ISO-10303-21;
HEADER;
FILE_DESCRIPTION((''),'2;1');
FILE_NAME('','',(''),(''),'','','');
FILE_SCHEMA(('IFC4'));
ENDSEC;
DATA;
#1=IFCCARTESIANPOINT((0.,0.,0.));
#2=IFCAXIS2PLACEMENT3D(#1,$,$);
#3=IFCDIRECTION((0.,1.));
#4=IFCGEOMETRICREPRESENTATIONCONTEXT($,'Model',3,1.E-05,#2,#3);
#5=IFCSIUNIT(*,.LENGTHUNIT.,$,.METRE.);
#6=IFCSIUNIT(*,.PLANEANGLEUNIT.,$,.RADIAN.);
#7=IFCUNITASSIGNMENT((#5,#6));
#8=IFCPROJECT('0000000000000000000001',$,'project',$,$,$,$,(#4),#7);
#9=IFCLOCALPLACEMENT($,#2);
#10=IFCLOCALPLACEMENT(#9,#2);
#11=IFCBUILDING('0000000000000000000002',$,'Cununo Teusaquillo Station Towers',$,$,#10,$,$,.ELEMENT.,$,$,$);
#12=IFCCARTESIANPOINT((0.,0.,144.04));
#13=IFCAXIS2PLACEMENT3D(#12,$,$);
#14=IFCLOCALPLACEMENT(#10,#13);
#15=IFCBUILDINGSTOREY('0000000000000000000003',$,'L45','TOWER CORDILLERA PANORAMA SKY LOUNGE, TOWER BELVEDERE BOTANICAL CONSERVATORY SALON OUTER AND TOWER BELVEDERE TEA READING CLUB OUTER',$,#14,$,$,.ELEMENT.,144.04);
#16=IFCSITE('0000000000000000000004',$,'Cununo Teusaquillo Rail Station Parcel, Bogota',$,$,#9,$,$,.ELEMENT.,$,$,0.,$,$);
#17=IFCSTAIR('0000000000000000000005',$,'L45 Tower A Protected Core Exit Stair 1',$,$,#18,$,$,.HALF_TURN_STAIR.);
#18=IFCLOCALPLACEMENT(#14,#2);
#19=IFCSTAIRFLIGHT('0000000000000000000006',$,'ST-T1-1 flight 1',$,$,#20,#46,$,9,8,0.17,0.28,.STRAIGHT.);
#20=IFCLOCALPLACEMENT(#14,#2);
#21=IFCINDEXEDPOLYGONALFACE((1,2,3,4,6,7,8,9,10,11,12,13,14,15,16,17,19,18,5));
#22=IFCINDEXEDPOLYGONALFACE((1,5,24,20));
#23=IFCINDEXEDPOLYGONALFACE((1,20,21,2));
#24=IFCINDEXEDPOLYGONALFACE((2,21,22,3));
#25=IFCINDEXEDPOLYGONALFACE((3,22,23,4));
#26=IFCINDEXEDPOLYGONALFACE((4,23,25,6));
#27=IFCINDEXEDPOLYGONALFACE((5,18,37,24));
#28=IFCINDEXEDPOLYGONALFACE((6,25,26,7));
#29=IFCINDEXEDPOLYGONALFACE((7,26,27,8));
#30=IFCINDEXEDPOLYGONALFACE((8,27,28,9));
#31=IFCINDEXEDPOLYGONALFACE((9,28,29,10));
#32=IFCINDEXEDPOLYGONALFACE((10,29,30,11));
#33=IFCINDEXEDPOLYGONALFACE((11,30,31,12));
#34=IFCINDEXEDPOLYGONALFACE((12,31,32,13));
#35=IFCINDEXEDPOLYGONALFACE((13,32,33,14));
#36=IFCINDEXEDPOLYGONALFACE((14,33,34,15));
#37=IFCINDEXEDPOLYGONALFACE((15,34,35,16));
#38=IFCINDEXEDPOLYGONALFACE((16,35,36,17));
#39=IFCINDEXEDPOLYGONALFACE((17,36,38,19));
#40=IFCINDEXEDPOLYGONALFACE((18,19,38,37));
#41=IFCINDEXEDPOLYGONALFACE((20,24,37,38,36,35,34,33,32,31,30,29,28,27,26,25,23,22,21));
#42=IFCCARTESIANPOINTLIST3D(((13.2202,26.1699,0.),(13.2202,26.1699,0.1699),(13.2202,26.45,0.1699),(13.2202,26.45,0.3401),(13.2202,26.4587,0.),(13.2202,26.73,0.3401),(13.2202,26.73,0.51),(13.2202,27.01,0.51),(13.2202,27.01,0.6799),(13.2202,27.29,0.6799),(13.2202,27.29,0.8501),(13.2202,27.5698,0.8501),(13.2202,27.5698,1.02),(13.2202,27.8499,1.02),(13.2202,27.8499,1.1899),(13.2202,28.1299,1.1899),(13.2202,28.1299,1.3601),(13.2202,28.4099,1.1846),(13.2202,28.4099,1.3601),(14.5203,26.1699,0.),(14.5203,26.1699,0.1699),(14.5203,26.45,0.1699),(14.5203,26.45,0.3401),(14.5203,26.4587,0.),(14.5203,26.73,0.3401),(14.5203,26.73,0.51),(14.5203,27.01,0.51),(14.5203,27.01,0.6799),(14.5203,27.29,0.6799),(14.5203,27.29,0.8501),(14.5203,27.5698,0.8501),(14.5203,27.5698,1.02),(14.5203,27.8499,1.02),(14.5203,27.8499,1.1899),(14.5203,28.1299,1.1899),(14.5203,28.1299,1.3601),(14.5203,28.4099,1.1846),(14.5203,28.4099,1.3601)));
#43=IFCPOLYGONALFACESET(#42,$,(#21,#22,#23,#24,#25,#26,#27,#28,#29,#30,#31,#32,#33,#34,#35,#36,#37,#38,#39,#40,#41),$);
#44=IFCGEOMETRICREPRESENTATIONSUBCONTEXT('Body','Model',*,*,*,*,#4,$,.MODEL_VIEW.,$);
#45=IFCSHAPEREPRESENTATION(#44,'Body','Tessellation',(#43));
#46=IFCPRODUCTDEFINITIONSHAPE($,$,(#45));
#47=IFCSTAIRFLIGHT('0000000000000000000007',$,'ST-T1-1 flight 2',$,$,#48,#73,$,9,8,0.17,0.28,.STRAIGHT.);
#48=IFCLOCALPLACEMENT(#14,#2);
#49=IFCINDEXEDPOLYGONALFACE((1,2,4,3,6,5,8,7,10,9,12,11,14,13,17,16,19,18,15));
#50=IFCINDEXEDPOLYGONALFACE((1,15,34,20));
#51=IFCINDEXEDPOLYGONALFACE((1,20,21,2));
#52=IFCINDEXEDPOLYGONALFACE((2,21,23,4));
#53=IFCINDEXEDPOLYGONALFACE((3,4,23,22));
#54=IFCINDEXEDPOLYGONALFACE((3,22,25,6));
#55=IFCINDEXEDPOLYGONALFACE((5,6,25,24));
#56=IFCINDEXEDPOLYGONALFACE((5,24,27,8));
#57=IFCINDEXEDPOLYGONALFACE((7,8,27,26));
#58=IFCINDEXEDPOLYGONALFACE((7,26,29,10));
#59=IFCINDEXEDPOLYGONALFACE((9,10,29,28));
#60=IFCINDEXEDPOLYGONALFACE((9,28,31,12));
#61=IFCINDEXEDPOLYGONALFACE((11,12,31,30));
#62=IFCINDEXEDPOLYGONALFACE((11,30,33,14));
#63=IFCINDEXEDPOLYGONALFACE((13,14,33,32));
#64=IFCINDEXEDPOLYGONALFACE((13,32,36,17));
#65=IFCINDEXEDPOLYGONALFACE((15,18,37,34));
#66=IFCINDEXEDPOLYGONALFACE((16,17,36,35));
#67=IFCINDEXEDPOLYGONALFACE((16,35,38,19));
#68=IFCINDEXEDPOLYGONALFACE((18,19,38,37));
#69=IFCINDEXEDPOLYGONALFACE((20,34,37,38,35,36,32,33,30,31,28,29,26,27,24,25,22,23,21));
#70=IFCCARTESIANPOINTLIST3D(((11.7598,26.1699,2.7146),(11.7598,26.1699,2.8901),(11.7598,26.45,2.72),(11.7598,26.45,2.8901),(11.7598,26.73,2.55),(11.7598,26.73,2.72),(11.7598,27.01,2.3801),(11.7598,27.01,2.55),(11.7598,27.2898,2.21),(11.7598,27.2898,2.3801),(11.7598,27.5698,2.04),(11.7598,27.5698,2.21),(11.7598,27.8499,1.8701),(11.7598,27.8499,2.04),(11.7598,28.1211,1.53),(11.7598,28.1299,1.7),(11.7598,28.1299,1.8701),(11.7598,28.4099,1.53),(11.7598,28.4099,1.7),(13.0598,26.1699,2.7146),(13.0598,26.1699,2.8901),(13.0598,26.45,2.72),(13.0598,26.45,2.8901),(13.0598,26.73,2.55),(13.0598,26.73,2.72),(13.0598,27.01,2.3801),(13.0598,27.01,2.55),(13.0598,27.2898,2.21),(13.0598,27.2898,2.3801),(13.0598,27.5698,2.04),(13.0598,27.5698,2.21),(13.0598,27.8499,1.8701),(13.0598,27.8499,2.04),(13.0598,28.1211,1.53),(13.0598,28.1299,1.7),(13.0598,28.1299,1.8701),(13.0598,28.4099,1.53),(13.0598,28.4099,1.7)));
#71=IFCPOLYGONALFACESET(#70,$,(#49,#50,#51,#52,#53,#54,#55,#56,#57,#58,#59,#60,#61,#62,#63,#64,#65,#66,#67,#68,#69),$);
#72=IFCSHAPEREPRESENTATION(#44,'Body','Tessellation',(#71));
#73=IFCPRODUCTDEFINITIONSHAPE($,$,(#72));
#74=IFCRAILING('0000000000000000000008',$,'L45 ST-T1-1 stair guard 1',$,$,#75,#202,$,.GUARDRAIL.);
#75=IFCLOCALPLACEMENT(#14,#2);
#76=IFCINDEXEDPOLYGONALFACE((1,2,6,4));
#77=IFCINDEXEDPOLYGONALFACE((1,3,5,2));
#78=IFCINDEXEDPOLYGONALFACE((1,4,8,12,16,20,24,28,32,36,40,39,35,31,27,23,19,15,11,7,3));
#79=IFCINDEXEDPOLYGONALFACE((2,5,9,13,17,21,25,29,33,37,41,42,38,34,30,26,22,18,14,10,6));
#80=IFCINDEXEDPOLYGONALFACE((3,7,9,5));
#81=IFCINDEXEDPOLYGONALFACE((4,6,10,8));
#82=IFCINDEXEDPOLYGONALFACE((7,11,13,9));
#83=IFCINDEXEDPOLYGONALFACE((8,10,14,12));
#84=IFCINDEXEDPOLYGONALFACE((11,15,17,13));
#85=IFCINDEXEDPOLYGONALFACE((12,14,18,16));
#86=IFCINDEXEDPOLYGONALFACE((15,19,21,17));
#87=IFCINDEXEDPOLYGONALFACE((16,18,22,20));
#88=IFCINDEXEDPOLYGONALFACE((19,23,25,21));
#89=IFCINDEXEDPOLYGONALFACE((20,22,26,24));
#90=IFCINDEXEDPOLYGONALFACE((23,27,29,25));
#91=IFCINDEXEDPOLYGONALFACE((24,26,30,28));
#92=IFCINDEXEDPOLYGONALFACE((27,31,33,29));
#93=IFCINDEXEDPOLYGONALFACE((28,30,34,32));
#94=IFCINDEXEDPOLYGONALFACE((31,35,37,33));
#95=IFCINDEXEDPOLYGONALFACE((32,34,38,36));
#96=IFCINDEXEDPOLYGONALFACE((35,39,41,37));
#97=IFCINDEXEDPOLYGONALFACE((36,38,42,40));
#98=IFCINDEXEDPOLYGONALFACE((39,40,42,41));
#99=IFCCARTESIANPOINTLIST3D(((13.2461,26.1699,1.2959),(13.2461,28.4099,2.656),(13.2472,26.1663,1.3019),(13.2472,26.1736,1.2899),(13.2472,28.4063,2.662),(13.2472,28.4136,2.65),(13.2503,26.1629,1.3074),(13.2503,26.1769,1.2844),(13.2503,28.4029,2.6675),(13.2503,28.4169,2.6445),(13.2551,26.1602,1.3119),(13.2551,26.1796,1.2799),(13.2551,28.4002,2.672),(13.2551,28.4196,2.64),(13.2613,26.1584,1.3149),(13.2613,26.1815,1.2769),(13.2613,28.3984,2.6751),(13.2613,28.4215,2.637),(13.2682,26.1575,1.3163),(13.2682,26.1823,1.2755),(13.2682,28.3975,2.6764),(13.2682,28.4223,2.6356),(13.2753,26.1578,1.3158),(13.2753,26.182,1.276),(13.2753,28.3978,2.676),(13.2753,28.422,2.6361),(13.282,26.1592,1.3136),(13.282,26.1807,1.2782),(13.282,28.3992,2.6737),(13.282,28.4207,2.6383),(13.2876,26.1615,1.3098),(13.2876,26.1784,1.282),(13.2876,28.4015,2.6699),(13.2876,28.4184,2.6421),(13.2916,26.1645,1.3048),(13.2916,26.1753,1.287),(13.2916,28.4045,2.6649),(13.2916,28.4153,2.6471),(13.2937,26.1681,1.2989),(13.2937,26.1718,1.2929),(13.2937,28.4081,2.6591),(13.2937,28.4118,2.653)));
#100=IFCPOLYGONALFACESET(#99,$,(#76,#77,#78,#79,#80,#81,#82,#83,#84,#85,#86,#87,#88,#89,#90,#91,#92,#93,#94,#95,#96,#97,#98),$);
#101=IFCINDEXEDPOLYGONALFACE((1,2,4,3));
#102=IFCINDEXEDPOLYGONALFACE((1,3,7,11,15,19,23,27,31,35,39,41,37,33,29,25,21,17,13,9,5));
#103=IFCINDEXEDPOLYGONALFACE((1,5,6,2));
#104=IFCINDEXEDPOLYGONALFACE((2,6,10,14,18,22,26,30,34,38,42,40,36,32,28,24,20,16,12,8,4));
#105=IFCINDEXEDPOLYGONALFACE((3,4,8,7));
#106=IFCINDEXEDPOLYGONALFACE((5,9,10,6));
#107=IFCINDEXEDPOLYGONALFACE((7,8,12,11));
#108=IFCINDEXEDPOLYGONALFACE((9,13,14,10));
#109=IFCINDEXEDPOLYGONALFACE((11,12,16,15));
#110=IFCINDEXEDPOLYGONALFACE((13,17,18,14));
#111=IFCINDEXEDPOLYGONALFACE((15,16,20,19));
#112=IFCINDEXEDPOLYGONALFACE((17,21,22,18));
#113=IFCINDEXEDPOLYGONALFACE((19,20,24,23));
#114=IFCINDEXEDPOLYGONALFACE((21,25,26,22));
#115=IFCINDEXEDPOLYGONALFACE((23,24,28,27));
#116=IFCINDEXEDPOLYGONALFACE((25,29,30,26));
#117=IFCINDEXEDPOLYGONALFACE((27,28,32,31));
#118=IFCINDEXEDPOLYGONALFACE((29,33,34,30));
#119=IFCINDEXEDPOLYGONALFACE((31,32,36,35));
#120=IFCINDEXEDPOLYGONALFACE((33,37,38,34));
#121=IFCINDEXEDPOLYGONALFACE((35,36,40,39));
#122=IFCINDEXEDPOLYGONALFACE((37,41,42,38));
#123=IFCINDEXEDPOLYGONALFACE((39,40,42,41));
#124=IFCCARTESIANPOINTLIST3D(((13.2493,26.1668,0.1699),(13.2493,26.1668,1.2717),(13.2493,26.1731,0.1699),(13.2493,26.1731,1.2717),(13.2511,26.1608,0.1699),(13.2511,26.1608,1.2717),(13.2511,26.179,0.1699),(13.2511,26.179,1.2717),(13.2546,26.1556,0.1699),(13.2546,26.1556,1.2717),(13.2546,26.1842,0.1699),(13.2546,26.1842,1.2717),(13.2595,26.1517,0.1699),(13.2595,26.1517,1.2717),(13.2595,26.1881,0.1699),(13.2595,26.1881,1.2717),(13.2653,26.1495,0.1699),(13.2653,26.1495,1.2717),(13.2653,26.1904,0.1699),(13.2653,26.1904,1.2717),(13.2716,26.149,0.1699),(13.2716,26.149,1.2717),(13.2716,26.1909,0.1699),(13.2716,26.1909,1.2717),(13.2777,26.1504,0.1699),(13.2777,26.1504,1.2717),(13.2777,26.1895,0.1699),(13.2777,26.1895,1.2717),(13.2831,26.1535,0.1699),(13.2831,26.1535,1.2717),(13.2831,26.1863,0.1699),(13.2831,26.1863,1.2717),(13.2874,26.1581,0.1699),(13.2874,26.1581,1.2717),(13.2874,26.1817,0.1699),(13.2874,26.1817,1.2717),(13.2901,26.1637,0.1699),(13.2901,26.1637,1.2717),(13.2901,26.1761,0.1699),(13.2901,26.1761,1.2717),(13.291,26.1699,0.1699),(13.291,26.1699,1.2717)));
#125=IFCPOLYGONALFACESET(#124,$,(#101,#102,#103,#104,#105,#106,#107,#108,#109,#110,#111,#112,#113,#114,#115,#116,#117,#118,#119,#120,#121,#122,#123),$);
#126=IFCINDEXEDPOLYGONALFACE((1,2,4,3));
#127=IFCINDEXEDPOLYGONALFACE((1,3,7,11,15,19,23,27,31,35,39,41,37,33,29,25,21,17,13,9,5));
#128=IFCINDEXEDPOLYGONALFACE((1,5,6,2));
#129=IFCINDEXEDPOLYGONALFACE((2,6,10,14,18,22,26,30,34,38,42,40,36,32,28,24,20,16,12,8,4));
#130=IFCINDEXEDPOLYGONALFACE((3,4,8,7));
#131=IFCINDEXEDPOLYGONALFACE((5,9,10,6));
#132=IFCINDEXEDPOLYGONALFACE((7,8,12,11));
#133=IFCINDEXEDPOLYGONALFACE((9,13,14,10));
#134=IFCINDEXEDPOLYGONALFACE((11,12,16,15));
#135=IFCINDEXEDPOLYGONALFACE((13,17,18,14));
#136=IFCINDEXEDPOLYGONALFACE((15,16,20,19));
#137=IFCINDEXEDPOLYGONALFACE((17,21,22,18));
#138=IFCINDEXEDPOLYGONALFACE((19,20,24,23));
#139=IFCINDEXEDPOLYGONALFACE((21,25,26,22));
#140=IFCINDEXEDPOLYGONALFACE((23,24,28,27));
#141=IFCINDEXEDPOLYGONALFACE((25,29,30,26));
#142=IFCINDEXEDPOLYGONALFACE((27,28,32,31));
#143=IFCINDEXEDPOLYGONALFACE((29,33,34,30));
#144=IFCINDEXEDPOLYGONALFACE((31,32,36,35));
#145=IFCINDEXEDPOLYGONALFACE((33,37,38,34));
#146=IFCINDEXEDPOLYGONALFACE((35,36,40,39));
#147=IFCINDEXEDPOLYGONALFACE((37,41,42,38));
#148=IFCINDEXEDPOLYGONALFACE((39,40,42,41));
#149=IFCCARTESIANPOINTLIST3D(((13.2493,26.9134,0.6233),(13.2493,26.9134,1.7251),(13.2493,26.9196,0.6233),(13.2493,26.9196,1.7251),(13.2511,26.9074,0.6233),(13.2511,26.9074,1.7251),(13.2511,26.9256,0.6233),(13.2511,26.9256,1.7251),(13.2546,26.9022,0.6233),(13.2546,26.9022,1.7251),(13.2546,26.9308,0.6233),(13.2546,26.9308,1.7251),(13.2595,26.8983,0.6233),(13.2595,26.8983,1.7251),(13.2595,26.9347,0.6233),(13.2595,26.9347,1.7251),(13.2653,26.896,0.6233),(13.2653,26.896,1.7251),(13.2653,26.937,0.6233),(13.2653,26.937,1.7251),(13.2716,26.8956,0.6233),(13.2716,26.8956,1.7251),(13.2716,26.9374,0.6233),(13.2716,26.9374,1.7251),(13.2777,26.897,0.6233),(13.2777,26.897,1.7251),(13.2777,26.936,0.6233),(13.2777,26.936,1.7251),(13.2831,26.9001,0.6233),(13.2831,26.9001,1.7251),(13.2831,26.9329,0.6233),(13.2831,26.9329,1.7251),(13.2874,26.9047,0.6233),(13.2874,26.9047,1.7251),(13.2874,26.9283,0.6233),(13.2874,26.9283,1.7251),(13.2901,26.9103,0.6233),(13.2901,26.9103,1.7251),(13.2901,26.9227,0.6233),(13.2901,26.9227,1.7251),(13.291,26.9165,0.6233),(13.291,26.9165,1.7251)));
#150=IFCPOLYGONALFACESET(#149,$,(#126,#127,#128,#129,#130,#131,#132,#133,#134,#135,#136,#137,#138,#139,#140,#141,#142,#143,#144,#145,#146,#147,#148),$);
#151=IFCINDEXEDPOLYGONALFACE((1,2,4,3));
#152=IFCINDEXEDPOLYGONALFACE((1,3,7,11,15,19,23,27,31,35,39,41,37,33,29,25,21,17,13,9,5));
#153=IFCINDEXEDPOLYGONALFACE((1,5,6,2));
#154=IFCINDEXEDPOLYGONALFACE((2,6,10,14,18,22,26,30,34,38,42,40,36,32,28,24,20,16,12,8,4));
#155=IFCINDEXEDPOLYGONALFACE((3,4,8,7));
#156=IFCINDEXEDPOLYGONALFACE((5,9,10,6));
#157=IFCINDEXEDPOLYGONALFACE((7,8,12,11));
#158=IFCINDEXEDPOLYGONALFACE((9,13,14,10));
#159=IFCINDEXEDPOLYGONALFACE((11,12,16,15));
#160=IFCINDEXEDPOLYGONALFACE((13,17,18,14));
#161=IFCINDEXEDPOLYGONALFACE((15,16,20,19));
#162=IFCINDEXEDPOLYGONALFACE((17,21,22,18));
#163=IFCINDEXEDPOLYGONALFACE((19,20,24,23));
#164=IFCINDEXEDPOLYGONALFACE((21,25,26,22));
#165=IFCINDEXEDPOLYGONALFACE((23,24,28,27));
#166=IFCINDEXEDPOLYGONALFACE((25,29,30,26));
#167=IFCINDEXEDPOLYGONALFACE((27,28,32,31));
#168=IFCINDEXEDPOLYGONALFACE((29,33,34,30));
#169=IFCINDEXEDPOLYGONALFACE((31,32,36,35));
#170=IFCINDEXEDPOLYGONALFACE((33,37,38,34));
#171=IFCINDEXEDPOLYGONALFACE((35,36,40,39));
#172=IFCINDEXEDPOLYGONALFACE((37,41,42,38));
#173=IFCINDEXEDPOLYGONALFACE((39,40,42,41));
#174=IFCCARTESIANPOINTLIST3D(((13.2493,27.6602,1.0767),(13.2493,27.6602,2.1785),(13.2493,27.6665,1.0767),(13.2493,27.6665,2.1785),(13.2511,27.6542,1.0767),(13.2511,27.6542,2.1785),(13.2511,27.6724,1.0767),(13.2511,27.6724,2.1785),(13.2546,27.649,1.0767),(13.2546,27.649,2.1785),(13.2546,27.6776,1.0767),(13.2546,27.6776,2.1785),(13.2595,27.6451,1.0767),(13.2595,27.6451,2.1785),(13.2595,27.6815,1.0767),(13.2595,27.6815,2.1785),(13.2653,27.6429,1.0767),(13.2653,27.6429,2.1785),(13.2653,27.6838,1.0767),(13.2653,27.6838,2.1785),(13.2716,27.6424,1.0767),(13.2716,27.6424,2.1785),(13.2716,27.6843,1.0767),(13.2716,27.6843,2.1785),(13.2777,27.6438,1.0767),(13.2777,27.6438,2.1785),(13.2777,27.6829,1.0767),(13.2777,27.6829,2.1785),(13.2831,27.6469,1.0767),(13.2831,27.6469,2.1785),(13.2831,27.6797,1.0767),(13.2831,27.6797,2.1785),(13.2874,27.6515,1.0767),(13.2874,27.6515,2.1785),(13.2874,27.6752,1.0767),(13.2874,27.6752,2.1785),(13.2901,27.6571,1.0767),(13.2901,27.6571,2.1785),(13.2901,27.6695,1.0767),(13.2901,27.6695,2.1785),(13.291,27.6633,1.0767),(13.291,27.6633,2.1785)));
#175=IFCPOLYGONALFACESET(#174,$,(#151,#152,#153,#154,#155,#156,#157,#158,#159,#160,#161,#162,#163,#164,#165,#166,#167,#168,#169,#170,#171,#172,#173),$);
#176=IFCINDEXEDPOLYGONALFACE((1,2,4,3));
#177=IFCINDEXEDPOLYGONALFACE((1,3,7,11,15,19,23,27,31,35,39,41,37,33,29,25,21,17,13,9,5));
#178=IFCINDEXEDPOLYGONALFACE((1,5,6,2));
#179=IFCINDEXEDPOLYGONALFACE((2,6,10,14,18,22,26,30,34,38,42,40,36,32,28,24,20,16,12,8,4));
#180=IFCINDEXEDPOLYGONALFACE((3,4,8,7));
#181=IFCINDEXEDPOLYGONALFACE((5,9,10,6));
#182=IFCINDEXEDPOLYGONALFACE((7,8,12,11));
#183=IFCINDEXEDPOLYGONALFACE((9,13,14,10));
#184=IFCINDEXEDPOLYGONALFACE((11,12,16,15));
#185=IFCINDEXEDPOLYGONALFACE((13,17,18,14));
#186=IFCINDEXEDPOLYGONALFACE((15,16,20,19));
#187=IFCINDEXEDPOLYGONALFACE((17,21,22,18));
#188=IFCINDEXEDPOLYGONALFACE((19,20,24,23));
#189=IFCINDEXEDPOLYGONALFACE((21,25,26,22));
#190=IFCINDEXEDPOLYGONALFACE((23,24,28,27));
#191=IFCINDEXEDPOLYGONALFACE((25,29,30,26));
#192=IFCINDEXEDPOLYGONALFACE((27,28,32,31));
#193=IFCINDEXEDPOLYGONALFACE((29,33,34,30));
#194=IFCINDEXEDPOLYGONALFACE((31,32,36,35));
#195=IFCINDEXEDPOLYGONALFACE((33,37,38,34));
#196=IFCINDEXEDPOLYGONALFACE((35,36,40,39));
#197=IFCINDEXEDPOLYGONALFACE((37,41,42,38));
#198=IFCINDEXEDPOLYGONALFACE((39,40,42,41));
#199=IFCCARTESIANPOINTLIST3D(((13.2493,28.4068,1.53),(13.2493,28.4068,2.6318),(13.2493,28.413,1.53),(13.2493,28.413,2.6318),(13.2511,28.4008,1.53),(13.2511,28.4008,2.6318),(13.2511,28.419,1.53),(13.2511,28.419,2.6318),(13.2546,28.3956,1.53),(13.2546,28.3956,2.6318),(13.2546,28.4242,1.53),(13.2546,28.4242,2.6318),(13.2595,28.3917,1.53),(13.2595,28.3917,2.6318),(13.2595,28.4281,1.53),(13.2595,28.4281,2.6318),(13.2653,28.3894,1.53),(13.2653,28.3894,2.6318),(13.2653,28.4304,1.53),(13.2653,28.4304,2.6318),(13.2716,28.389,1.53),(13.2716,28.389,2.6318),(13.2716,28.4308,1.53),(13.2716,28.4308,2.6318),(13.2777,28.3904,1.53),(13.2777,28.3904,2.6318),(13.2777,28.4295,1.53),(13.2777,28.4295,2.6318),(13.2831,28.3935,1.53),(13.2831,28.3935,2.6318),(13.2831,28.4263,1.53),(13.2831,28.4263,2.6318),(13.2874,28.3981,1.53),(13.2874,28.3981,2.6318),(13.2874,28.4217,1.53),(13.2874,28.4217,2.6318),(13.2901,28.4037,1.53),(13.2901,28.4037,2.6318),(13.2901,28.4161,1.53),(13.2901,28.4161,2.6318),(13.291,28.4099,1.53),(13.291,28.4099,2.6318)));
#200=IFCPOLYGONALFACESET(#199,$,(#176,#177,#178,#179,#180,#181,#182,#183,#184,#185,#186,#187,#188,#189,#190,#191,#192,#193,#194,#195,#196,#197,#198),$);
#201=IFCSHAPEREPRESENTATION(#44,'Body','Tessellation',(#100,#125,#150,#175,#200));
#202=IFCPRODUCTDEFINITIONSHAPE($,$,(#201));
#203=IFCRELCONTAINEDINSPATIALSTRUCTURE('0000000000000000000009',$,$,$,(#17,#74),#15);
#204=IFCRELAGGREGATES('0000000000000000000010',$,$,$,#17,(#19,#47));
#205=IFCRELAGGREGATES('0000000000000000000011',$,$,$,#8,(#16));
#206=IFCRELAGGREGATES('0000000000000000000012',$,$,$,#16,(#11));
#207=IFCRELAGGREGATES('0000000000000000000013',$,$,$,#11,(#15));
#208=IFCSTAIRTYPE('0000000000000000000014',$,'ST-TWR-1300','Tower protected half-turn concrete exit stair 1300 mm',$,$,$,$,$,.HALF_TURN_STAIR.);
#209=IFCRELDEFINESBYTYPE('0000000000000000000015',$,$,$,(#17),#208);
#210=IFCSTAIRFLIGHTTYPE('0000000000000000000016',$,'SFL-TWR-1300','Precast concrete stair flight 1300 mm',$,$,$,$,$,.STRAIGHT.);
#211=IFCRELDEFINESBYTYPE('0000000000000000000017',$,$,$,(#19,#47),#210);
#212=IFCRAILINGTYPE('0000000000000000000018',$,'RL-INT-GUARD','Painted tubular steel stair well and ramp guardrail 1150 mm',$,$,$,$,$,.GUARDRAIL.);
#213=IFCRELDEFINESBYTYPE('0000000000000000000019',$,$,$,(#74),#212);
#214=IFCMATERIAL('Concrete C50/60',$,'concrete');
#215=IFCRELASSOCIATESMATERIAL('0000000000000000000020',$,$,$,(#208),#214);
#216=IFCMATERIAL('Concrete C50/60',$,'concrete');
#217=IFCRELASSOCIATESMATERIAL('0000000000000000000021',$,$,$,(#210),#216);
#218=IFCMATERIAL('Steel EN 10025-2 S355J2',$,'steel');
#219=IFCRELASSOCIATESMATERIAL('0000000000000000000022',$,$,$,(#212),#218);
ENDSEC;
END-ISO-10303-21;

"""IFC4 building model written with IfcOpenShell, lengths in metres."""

from ifc_helpers import new_model, si_unit, direction, frame, origin, origin_2d, place, context, subcontext, project, spatial, polyline, circle, outline, extrude, material, type_object, element, aggregate, save


model = new_model("IFC4")

# Units and contexts
model_context = context("Model", 3, precision=1e-05, world=origin(), true_north=direction((0.0, 1.0)))
body_context = subcontext(model_context, "Body", "Model", "MODEL_VIEW")
ifc_project = project(units=[si_unit("LENGTHUNIT", "METRE"), si_unit("PLANEANGLEUNIT", "RADIAN")], contexts=[model_context])

# Site, building, storey
site_placement = place(None, origin())
site = spatial("IfcSite", under=ifc_project, at=site_placement, Name="Cununo Teusaquillo Rail Station Parcel, Bogota", CompositionType="ELEMENT", RefElevation=0.0)
building_placement = place(site_placement, origin())
building = spatial("IfcBuilding", under=site, at=building_placement, Name="Cununo Teusaquillo Station Towers", CompositionType="ELEMENT")
storey_placement = place(building_placement, frame((0.0, 0.0, 144.04)))
storey = spatial("IfcBuildingStorey", under=building, at=storey_placement, Name="L45", Description="TOWER CORDILLERA PANORAMA SKY LOUNGE, TOWER BELVEDERE BOTANICAL CONSERVATORY SALON OUTER AND TOWER BELVEDERE TEA READING CLUB OUTER", CompositionType="ELEMENT", Elevation=144.04)

# Stair, stair flights
ifc_material_1 = material(Name="Concrete C50/60", Category="concrete")
stair_type = type_object("IfcStairType", Name="ST-TWR-1300", Description="Tower protected half-turn concrete exit stair 1300 mm", PredefinedType="HALF_TURN_STAIR", material=ifc_material_1)
stair_placement = place(storey_placement, origin())
stair = element("IfcStair", 1, at=stair_placement, inside=storey, type_object=stair_type, Name="L45 Tower A Protected Core Exit Stair 1", PredefinedType="HALF_TURN_STAIR")
ifc_material_2 = material(Name="Concrete C50/60", Category="concrete")
stair_flight_type = type_object("IfcStairFlightType", Name="SFL-TWR-1300", Description="Precast concrete stair flight 1300 mm", PredefinedType="STRAIGHT", material=ifc_material_2)
stair_flight_1_placement = place(storey_placement, frame((13.8701, 26.1699, 0.0), z_axis=(0.0, 0.0, 1.0), x_axis=(0.0, 1.0, 0.0)))
stair_flight_1 = element("IfcStairFlight", 2, at=stair_flight_1_placement, type_object=stair_flight_type, Name="ST-T1-1 flight 1", NumberOfRisers=9, NumberOfTreads=8, PredefinedType="STRAIGHT", RiserHeight=0.17, TreadLength=0.28, context=body_context, shape_type="SweptSolid", body=[
    extrude(outline(polyline([(0.0, 0.0), (0.0, 0.1699), (0.28, 0.1699), (0.28, 0.3401), (0.5601, 0.3401), (0.5601, 0.51), (0.8401, 0.51), (0.8401, 0.6799), (1.1201, 0.6799), (1.1201, 0.8501), (1.3999, 0.8501), (1.3999, 1.02), (1.6799, 1.02), (1.6799, 1.1899), (1.96, 1.1899), (1.96, 1.3601), (2.24, 1.3601), (2.24, 1.53), (2.24, 1.1846), (0.2888, 0.0), (0.0, 0.0)])), frame((0.0, 0.6499, 0.0), z_axis=(0.0, -1.0, 0.0), x_axis=(1.0, 0.0, 0.0)), (0.0, 0.0, 1.0), 1.3),
])
stair_flight_2_placement = place(storey_placement, frame((12.4099, 28.4099, 1.53), z_axis=(0.0, 0.0, 1.0), x_axis=(0.0, -1.0, 0.0)))
stair_flight_2 = element("IfcStairFlight", 3, at=stair_flight_2_placement, type_object=stair_flight_type, Name="ST-T1-1 flight 2", NumberOfRisers=9, NumberOfTreads=8, PredefinedType="STRAIGHT", RiserHeight=0.17, TreadLength=0.28, context=body_context, shape_type="SweptSolid", body=[
    extrude(outline(polyline([(0.0, 0.0), (0.0, 0.1699), (0.28, 0.1699), (0.28, 0.3401), (0.5601, 0.3401), (0.5601, 0.51), (0.8401, 0.51), (0.8401, 0.6799), (1.1201, 0.6799), (1.1201, 0.8501), (1.3999, 0.8501), (1.3999, 1.02), (1.6799, 1.02), (1.6799, 1.1899), (1.96, 1.1899), (1.96, 1.3601), (2.24, 1.3601), (2.24, 1.53), (2.24, 1.1846), (0.2888, 0.0), (0.0, 0.0)])), frame((0.0, 0.6499, 0.0), z_axis=(0.0, -1.0, 0.0), x_axis=(1.0, 0.0, 0.0)), (0.0, 0.0, 1.0), 1.3),
])
aggregate(stair, [stair_flight_1, stair_flight_2])

# Railing
ifc_material_3 = material(Name="Steel EN 10025-2 S355J2", Category="steel")
railing_type_1 = type_object("IfcRailingType", Name="RL-INT-GUARD", Description="Painted tubular steel stair well and ramp guardrail 1150 mm", PredefinedType="GUARDRAIL", material=ifc_material_3)
railing_1_placement = place(storey_placement, frame((13.27, 26.1699, 0.1699)))
element("IfcRailing", 4, at=railing_1_placement, inside=storey, type_object=railing_type_1, Name="L45 ST-T1-1 stair guard 1", PredefinedType="GUARDRAIL", context=body_context, shape_type="SweptSolid", body=[
    extrude(circle(Radius=0.0239, at=origin_2d()), frame((0.0, 0.0, 1.126), z_axis=(0.0, 0.854768, 0.51901), x_axis=(-1.0, 0.0, 0.0)), (0.0, 0.0, 1.0), 2.6206),
    extrude(circle(Radius=0.021, at=origin_2d()), origin(), (0.0, 0.0, 1.0), 1.1018),
    extrude(circle(Radius=0.021, at=origin_2d()), frame((0.0, 0.7466, 0.4534)), (0.0, 0.0, 1.0), 1.1018),
    extrude(circle(Radius=0.021, at=origin_2d()), frame((0.0, 1.4934, 0.9067)), (0.0, 0.0, 1.0), 1.1018),
    extrude(circle(Radius=0.021, at=origin_2d()), frame((0.0, 2.24, 1.3601)), (0.0, 0.0, 1.0), 1.1018),
])

save(model, "model.ifc")
